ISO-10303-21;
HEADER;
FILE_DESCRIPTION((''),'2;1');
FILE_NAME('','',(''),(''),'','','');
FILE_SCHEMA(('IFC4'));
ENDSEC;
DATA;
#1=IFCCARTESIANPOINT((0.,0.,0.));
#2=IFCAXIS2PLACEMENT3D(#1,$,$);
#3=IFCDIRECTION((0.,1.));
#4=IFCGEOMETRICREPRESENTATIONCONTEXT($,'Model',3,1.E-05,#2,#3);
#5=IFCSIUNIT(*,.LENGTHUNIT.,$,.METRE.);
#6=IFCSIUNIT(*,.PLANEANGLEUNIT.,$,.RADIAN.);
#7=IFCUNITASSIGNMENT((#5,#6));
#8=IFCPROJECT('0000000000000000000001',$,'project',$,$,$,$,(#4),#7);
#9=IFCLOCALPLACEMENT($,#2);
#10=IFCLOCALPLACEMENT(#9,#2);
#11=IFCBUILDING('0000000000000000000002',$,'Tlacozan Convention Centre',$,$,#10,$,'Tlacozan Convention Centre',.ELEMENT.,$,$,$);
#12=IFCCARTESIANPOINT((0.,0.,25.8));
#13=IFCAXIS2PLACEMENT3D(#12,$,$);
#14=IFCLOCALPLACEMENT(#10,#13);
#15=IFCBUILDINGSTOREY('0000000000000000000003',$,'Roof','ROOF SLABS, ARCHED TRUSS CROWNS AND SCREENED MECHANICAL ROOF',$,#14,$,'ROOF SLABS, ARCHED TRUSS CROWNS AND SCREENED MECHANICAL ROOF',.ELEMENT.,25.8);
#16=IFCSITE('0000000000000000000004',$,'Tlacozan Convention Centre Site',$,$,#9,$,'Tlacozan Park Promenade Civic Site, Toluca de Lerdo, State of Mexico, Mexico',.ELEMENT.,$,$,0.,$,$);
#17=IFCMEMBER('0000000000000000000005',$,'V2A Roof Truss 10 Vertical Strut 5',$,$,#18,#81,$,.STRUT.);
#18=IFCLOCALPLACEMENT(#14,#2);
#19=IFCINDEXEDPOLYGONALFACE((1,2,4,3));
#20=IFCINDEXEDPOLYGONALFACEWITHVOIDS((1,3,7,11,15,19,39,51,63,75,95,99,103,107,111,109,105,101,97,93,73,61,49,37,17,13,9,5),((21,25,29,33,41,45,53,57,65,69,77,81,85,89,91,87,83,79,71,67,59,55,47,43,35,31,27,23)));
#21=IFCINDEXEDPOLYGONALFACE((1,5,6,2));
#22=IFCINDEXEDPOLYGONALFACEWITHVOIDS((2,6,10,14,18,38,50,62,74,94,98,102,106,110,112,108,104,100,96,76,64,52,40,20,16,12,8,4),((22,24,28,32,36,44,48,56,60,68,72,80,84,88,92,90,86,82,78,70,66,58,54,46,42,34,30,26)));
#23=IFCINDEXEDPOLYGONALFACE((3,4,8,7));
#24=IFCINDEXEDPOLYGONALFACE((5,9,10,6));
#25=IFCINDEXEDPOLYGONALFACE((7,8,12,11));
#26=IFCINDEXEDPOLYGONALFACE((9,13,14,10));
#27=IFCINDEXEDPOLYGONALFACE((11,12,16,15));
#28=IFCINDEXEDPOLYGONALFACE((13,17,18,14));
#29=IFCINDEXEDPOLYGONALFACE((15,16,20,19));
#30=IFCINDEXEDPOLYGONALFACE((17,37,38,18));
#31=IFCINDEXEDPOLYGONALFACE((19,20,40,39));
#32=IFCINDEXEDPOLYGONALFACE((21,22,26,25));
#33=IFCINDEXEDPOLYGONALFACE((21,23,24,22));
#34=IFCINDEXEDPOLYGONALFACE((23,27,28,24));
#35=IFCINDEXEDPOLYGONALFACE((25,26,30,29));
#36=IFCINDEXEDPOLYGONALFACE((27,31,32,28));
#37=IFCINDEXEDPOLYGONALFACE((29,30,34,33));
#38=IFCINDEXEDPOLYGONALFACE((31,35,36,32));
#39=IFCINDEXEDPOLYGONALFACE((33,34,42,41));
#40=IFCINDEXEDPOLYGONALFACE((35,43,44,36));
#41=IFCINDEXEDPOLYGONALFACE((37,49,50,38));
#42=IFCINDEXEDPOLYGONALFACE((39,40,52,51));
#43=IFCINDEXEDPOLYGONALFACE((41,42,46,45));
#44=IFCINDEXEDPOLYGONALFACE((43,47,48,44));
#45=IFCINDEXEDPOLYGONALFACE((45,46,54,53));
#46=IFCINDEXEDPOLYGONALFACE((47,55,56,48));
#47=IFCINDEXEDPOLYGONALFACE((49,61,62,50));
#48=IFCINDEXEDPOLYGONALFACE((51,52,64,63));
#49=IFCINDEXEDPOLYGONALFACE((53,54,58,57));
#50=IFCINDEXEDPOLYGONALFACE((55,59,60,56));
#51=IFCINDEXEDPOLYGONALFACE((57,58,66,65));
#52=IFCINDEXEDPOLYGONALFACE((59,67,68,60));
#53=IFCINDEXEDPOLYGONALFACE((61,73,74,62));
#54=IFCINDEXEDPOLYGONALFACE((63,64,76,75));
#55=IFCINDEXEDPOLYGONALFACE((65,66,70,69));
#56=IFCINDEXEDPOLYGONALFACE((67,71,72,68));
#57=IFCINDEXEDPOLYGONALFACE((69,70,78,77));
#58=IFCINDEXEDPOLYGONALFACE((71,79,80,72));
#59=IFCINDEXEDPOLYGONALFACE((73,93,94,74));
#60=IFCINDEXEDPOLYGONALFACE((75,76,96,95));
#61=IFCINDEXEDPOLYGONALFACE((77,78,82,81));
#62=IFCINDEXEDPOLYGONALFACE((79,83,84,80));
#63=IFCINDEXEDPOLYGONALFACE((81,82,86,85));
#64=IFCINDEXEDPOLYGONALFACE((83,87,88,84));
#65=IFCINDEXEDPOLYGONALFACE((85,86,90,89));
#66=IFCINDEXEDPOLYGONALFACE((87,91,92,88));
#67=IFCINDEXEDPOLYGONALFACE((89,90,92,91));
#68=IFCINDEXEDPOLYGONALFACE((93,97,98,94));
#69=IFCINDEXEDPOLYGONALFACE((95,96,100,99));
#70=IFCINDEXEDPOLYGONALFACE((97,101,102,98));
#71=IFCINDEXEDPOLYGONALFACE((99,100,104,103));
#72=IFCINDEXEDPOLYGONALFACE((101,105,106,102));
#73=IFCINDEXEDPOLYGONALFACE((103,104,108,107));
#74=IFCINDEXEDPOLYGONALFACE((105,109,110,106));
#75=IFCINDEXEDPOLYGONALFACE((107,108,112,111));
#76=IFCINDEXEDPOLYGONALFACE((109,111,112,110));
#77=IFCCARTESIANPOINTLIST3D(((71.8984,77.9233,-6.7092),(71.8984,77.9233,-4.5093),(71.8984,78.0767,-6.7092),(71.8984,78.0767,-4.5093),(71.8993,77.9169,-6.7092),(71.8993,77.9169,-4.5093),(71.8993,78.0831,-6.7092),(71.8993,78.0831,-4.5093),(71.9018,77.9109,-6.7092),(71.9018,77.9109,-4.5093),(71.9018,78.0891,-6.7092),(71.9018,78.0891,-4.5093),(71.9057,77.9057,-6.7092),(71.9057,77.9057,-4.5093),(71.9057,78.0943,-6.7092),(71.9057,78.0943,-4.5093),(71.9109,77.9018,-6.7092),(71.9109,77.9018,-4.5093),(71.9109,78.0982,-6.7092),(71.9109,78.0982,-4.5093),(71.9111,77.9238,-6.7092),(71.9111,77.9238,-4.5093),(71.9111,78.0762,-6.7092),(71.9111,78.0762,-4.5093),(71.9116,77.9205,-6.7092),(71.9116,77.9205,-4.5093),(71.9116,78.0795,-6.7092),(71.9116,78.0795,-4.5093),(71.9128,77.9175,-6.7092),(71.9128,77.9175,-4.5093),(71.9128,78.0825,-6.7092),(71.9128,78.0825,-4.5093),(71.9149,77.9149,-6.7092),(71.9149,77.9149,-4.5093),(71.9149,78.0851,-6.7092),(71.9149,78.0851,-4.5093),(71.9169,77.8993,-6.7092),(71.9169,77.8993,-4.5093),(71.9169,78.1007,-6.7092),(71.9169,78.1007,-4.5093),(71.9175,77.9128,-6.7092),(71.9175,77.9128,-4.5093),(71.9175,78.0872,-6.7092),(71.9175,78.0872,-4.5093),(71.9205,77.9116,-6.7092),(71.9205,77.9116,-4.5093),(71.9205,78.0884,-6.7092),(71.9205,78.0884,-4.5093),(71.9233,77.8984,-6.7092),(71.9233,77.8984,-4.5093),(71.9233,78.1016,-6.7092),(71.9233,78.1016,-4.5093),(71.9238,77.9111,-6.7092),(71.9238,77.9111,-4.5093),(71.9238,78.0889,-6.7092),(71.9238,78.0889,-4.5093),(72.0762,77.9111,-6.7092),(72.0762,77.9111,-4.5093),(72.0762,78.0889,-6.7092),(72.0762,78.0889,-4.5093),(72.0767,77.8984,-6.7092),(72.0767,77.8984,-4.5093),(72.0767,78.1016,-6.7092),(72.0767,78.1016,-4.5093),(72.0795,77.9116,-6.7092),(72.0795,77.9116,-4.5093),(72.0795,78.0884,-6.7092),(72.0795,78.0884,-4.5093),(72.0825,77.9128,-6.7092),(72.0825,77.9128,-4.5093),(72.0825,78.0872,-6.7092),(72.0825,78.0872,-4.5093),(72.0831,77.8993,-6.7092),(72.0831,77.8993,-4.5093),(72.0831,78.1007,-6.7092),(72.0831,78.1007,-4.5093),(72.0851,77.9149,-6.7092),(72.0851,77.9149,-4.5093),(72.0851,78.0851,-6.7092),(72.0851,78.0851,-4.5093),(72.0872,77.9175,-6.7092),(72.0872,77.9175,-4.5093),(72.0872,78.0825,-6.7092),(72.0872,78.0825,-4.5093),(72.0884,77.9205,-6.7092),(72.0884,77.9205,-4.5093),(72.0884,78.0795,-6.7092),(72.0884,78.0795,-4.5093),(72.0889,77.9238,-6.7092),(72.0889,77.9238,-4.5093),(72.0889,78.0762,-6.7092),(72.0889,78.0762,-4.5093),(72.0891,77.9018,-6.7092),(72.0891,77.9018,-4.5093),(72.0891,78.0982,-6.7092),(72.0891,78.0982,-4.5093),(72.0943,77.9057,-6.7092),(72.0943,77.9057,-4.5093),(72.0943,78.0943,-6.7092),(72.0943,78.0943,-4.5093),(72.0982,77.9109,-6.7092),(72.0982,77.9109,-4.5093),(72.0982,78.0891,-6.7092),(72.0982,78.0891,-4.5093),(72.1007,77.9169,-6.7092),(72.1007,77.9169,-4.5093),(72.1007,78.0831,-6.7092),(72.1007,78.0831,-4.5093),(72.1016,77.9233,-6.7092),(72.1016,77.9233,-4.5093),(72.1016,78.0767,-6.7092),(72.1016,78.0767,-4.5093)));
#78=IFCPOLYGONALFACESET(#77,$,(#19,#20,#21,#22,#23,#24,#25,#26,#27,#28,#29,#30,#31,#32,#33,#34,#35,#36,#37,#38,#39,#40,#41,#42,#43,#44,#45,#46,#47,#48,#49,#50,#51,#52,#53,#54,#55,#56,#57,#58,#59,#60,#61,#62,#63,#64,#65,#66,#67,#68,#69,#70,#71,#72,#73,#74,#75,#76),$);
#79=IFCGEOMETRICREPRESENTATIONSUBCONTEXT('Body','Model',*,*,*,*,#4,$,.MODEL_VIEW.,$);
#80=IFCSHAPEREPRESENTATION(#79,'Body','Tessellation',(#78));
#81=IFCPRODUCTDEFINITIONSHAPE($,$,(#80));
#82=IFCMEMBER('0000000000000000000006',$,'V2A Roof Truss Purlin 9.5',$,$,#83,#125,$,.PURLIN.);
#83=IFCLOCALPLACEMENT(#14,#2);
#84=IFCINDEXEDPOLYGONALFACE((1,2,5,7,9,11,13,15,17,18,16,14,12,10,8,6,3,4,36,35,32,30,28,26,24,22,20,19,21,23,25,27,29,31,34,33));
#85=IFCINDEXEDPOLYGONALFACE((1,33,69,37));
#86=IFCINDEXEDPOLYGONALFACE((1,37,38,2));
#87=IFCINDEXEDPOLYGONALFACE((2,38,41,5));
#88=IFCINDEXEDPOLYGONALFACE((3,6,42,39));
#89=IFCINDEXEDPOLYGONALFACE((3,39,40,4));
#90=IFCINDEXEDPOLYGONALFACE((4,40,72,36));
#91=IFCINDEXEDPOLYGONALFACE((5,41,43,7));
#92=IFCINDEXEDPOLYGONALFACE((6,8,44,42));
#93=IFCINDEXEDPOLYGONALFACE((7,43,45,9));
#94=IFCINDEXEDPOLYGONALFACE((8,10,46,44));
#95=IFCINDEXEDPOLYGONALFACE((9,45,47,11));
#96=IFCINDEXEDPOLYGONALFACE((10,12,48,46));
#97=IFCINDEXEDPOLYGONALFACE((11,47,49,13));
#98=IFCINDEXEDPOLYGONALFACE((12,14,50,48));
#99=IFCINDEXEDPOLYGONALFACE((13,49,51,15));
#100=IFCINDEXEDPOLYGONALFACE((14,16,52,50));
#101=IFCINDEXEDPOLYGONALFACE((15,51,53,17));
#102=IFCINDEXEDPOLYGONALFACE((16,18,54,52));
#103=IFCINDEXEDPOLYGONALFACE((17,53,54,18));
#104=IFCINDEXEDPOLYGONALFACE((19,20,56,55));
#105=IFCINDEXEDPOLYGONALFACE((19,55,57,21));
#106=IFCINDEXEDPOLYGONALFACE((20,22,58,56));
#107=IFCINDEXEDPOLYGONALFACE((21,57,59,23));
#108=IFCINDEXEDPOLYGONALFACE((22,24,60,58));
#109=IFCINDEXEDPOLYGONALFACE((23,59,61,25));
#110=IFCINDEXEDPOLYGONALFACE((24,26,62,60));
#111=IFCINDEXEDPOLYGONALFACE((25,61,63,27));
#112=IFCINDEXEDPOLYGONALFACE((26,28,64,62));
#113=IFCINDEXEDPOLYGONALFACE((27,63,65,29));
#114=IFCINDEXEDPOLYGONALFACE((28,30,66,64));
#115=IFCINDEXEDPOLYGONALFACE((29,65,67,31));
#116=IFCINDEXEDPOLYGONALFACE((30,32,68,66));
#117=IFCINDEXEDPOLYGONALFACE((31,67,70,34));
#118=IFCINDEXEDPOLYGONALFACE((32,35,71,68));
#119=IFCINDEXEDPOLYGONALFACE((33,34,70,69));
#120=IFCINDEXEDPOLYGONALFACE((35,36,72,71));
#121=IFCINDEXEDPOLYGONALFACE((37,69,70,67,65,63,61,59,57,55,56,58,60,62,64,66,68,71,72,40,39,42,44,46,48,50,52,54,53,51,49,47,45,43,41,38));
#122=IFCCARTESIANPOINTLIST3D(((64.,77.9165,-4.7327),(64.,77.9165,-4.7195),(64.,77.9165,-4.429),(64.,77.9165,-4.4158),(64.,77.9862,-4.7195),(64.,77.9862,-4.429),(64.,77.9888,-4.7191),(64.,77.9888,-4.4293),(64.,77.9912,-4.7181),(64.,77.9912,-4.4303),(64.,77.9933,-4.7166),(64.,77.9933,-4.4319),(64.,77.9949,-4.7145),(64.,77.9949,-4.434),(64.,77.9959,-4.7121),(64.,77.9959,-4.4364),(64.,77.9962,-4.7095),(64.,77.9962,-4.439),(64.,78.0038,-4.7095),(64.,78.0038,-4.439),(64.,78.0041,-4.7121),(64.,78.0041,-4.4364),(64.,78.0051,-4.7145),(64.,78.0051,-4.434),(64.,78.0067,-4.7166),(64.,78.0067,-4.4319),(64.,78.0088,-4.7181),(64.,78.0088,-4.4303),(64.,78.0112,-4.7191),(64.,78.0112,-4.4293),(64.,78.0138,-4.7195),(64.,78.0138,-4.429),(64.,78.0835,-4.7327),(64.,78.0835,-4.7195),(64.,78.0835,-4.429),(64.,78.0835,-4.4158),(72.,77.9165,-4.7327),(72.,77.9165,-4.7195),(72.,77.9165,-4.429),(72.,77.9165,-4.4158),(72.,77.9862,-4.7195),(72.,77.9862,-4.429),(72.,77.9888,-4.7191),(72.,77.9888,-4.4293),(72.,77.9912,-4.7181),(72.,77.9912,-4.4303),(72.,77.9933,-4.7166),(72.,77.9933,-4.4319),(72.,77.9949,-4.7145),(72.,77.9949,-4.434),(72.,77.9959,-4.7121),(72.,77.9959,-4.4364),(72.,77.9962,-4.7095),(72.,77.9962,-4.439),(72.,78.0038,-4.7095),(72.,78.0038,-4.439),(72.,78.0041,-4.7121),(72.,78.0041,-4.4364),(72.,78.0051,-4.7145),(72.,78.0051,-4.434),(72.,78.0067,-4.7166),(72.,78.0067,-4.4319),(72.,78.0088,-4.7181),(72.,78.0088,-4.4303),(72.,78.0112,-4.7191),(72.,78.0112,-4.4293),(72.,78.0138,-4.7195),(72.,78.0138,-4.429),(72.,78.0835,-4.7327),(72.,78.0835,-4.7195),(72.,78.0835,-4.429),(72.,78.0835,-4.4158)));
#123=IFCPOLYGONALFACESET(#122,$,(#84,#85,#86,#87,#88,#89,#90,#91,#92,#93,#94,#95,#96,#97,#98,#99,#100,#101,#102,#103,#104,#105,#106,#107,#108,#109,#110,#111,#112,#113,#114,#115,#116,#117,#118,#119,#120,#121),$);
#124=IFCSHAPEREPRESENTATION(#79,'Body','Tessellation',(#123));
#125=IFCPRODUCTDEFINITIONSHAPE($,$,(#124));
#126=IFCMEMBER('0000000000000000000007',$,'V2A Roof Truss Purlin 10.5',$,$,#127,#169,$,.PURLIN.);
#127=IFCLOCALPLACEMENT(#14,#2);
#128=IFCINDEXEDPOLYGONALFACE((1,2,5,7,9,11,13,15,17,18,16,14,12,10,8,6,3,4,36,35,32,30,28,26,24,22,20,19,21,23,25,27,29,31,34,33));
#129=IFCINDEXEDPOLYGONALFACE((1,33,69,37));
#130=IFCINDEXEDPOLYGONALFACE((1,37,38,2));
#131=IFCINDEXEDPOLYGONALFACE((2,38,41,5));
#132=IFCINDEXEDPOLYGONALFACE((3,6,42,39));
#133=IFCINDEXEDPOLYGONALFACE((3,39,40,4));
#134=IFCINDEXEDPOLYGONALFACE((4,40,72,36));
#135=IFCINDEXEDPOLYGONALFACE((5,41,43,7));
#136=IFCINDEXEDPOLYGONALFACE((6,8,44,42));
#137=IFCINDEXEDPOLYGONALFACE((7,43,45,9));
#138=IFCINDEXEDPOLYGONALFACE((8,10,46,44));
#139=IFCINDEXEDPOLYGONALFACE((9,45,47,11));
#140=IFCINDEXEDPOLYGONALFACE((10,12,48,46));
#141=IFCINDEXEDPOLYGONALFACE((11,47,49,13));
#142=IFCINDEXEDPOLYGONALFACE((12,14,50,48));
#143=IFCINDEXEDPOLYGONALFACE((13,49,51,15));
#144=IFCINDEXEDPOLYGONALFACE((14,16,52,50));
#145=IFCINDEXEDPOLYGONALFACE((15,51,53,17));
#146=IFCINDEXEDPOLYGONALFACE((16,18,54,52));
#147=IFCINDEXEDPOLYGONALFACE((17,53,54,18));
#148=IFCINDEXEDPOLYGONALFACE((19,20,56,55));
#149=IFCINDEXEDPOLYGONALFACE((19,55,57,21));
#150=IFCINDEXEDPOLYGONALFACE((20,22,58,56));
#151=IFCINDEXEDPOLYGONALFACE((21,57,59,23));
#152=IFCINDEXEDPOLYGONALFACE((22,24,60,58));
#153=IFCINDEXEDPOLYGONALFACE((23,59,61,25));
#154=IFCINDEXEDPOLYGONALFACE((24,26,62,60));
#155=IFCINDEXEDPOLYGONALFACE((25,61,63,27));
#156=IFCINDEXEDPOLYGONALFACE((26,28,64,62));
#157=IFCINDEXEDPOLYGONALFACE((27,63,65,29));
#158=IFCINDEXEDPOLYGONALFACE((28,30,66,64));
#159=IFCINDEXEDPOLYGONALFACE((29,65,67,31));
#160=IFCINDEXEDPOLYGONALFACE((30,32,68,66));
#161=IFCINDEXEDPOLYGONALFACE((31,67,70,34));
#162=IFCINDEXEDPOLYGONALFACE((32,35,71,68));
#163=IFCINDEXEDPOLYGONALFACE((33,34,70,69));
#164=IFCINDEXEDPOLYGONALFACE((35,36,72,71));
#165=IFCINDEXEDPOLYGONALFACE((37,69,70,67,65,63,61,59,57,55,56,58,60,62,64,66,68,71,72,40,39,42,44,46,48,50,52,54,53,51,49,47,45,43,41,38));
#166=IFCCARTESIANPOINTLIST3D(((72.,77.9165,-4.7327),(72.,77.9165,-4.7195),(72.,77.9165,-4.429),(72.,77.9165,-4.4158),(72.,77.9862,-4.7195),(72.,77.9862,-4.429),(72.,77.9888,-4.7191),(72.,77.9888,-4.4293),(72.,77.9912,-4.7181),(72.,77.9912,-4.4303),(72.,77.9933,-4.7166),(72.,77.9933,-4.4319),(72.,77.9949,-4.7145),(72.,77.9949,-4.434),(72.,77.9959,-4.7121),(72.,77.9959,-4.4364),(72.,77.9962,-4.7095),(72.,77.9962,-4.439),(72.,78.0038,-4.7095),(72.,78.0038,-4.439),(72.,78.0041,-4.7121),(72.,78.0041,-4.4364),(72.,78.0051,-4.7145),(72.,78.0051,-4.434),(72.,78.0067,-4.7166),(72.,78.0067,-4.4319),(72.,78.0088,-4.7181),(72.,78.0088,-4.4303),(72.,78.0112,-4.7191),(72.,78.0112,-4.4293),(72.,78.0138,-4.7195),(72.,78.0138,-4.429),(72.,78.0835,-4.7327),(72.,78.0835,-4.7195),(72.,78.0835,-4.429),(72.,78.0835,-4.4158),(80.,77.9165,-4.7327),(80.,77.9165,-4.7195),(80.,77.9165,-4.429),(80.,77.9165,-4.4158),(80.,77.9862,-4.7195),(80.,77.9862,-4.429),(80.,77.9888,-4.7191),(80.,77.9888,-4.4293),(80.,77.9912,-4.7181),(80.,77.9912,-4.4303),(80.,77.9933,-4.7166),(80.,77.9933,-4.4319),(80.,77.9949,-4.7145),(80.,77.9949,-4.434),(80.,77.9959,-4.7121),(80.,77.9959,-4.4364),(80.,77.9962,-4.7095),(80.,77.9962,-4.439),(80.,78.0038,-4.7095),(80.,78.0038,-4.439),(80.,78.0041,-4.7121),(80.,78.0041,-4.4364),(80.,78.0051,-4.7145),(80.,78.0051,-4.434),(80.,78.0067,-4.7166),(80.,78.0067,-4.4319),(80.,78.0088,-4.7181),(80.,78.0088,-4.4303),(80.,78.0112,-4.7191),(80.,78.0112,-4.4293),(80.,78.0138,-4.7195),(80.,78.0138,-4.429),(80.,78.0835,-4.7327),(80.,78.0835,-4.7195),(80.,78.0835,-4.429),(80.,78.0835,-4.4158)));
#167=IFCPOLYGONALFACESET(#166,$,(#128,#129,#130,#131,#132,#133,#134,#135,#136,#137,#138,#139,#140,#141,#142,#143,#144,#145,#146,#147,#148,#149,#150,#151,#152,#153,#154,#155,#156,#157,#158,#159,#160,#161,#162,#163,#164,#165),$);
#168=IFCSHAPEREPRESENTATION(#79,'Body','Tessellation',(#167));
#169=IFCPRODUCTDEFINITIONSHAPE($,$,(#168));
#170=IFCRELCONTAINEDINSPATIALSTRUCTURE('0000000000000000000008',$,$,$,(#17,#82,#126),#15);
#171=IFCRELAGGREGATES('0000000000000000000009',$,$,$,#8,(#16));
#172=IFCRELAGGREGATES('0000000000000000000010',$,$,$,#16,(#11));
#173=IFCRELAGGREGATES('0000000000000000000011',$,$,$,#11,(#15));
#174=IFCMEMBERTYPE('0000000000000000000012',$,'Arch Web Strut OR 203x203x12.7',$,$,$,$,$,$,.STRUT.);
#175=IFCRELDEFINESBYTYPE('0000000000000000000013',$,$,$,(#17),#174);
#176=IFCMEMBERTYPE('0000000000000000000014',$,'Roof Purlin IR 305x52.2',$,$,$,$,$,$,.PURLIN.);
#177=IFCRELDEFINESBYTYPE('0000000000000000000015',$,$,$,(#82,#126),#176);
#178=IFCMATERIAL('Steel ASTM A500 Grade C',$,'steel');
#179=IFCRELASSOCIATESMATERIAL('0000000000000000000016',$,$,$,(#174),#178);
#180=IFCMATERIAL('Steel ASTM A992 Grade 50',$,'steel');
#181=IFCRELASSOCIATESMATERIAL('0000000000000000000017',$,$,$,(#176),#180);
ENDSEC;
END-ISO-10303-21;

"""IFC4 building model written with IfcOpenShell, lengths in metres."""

from ifc_helpers import new_model, si_unit, direction, frame, origin, origin_2d, place, context, subcontext, project, spatial, hollow_rectangle, i_section, extrude, material, material_profile, profile_set, type_object, element, save


model = new_model("IFC4")

# Units and contexts
model_context = context("Model", 3, precision=1e-05, world=origin(), true_north=direction((0.0, 1.0)))
body_context = subcontext(model_context, "Body", "Model", "MODEL_VIEW")
ifc_project = project(units=[si_unit("LENGTHUNIT", "METRE"), si_unit("PLANEANGLEUNIT", "RADIAN")], contexts=[model_context])

# Site, building, storey
site_placement = place(None, origin())
site = spatial("IfcSite", under=ifc_project, at=site_placement, Name="Tlacozan Convention Centre Site", LongName="Tlacozan Park Promenade Civic Site, Toluca de Lerdo, State of Mexico, Mexico", CompositionType="ELEMENT", RefElevation=0.0)
building_placement = place(site_placement, origin())
building = spatial("IfcBuilding", under=site, at=building_placement, Name="Tlacozan Convention Centre", LongName="Tlacozan Convention Centre", CompositionType="ELEMENT")
storey_placement = place(building_placement, frame((0.0, 0.0, 25.8)))
storey = spatial("IfcBuildingStorey", under=building, at=storey_placement, Name="Roof", Description="ROOF SLABS, ARCHED TRUSS CROWNS AND SCREENED MECHANICAL ROOF", LongName="ROOF SLABS, ARCHED TRUSS CROWNS AND SCREENED MECHANICAL ROOF", CompositionType="ELEMENT", Elevation=25.8)

# Members
ifc_material_1 = material(Name="Steel ASTM A500 Grade C", Category="steel")
ifc_material_profile_1 = material_profile(ifc_material_1, hollow_rectangle(XDim=0.2031, YDim=0.2031, WallThickness=0.0127, InnerFilletRadius=0.0127, OuterFilletRadius=0.0249, at=origin_2d()), Name="OR 203x203x12.7")
ifc_profile_set_1 = profile_set([ifc_material_profile_1], Name="Steel ASTM A500 Grade C")
member_type_1 = type_object("IfcMemberType", Name="Arch Web Strut OR 203x203x12.7", PredefinedType="STRUT", material=ifc_profile_set_1)
for number, where, z_axis, x_axis, name in (
    (1, (72.0, 78.0, -6.7092), (0.0, 0.0, 1.0), (1.0, 0.0, 0.0), "V2A Roof Truss 10 Vertical Strut 5"),
):
    element("IfcMember", number, at=place(storey_placement, frame(where, z_axis=z_axis, x_axis=x_axis)), inside=storey, type_object=member_type_1, Name=name, PredefinedType="STRUT", context=body_context, shape_type="SweptSolid", body=[
        extrude(hollow_rectangle(XDim=0.2031, YDim=0.2031, WallThickness=0.0127, InnerFilletRadius=0.0127, OuterFilletRadius=0.0249, at=origin_2d()), origin(), (0.0, 0.0, 1.0), 2.2),
    ])
ifc_material_2 = material(Name="Steel ASTM A992 Grade 50", Category="steel")
ifc_material_profile_2 = material_profile(ifc_material_2, i_section(OverallWidth=0.167, OverallDepth=0.3169, WebThickness=0.0076, FlangeThickness=0.0132, FilletRadius=0.01, at=origin_2d()), Name="IR 305x52.2")
ifc_profile_set_2 = profile_set([ifc_material_profile_2], Name="Steel ASTM A992 Grade 50")
member_type_2 = type_object("IfcMemberType", Name="Roof Purlin IR 305x52.2", PredefinedType="PURLIN", material=ifc_profile_set_2)
for number, where, z_axis, x_axis, name in (
    (2, (64.0, 78.0, -4.5742), (1.0, 0.0, 0.0), (0.0, 1.0, 0.0), "V2A Roof Truss Purlin 9.5"),
    (3, (72.0, 78.0, -4.5742), (1.0, 0.0, 0.0), (0.0, 1.0, 0.0), "V2A Roof Truss Purlin 10.5"),
):
    element("IfcMember", number, at=place(storey_placement, frame(where, z_axis=z_axis, x_axis=x_axis)), inside=storey, type_object=member_type_2, Name=name, PredefinedType="PURLIN", context=body_context, shape_type="SweptSolid", body=[
        extrude(i_section(OverallWidth=0.167, OverallDepth=0.3169, WebThickness=0.0076, FlangeThickness=0.0132, FilletRadius=0.01, at=origin_2d()), origin(), (0.0, 0.0, 1.0), 8.0),
    ])

save(model, "model.ifc")
